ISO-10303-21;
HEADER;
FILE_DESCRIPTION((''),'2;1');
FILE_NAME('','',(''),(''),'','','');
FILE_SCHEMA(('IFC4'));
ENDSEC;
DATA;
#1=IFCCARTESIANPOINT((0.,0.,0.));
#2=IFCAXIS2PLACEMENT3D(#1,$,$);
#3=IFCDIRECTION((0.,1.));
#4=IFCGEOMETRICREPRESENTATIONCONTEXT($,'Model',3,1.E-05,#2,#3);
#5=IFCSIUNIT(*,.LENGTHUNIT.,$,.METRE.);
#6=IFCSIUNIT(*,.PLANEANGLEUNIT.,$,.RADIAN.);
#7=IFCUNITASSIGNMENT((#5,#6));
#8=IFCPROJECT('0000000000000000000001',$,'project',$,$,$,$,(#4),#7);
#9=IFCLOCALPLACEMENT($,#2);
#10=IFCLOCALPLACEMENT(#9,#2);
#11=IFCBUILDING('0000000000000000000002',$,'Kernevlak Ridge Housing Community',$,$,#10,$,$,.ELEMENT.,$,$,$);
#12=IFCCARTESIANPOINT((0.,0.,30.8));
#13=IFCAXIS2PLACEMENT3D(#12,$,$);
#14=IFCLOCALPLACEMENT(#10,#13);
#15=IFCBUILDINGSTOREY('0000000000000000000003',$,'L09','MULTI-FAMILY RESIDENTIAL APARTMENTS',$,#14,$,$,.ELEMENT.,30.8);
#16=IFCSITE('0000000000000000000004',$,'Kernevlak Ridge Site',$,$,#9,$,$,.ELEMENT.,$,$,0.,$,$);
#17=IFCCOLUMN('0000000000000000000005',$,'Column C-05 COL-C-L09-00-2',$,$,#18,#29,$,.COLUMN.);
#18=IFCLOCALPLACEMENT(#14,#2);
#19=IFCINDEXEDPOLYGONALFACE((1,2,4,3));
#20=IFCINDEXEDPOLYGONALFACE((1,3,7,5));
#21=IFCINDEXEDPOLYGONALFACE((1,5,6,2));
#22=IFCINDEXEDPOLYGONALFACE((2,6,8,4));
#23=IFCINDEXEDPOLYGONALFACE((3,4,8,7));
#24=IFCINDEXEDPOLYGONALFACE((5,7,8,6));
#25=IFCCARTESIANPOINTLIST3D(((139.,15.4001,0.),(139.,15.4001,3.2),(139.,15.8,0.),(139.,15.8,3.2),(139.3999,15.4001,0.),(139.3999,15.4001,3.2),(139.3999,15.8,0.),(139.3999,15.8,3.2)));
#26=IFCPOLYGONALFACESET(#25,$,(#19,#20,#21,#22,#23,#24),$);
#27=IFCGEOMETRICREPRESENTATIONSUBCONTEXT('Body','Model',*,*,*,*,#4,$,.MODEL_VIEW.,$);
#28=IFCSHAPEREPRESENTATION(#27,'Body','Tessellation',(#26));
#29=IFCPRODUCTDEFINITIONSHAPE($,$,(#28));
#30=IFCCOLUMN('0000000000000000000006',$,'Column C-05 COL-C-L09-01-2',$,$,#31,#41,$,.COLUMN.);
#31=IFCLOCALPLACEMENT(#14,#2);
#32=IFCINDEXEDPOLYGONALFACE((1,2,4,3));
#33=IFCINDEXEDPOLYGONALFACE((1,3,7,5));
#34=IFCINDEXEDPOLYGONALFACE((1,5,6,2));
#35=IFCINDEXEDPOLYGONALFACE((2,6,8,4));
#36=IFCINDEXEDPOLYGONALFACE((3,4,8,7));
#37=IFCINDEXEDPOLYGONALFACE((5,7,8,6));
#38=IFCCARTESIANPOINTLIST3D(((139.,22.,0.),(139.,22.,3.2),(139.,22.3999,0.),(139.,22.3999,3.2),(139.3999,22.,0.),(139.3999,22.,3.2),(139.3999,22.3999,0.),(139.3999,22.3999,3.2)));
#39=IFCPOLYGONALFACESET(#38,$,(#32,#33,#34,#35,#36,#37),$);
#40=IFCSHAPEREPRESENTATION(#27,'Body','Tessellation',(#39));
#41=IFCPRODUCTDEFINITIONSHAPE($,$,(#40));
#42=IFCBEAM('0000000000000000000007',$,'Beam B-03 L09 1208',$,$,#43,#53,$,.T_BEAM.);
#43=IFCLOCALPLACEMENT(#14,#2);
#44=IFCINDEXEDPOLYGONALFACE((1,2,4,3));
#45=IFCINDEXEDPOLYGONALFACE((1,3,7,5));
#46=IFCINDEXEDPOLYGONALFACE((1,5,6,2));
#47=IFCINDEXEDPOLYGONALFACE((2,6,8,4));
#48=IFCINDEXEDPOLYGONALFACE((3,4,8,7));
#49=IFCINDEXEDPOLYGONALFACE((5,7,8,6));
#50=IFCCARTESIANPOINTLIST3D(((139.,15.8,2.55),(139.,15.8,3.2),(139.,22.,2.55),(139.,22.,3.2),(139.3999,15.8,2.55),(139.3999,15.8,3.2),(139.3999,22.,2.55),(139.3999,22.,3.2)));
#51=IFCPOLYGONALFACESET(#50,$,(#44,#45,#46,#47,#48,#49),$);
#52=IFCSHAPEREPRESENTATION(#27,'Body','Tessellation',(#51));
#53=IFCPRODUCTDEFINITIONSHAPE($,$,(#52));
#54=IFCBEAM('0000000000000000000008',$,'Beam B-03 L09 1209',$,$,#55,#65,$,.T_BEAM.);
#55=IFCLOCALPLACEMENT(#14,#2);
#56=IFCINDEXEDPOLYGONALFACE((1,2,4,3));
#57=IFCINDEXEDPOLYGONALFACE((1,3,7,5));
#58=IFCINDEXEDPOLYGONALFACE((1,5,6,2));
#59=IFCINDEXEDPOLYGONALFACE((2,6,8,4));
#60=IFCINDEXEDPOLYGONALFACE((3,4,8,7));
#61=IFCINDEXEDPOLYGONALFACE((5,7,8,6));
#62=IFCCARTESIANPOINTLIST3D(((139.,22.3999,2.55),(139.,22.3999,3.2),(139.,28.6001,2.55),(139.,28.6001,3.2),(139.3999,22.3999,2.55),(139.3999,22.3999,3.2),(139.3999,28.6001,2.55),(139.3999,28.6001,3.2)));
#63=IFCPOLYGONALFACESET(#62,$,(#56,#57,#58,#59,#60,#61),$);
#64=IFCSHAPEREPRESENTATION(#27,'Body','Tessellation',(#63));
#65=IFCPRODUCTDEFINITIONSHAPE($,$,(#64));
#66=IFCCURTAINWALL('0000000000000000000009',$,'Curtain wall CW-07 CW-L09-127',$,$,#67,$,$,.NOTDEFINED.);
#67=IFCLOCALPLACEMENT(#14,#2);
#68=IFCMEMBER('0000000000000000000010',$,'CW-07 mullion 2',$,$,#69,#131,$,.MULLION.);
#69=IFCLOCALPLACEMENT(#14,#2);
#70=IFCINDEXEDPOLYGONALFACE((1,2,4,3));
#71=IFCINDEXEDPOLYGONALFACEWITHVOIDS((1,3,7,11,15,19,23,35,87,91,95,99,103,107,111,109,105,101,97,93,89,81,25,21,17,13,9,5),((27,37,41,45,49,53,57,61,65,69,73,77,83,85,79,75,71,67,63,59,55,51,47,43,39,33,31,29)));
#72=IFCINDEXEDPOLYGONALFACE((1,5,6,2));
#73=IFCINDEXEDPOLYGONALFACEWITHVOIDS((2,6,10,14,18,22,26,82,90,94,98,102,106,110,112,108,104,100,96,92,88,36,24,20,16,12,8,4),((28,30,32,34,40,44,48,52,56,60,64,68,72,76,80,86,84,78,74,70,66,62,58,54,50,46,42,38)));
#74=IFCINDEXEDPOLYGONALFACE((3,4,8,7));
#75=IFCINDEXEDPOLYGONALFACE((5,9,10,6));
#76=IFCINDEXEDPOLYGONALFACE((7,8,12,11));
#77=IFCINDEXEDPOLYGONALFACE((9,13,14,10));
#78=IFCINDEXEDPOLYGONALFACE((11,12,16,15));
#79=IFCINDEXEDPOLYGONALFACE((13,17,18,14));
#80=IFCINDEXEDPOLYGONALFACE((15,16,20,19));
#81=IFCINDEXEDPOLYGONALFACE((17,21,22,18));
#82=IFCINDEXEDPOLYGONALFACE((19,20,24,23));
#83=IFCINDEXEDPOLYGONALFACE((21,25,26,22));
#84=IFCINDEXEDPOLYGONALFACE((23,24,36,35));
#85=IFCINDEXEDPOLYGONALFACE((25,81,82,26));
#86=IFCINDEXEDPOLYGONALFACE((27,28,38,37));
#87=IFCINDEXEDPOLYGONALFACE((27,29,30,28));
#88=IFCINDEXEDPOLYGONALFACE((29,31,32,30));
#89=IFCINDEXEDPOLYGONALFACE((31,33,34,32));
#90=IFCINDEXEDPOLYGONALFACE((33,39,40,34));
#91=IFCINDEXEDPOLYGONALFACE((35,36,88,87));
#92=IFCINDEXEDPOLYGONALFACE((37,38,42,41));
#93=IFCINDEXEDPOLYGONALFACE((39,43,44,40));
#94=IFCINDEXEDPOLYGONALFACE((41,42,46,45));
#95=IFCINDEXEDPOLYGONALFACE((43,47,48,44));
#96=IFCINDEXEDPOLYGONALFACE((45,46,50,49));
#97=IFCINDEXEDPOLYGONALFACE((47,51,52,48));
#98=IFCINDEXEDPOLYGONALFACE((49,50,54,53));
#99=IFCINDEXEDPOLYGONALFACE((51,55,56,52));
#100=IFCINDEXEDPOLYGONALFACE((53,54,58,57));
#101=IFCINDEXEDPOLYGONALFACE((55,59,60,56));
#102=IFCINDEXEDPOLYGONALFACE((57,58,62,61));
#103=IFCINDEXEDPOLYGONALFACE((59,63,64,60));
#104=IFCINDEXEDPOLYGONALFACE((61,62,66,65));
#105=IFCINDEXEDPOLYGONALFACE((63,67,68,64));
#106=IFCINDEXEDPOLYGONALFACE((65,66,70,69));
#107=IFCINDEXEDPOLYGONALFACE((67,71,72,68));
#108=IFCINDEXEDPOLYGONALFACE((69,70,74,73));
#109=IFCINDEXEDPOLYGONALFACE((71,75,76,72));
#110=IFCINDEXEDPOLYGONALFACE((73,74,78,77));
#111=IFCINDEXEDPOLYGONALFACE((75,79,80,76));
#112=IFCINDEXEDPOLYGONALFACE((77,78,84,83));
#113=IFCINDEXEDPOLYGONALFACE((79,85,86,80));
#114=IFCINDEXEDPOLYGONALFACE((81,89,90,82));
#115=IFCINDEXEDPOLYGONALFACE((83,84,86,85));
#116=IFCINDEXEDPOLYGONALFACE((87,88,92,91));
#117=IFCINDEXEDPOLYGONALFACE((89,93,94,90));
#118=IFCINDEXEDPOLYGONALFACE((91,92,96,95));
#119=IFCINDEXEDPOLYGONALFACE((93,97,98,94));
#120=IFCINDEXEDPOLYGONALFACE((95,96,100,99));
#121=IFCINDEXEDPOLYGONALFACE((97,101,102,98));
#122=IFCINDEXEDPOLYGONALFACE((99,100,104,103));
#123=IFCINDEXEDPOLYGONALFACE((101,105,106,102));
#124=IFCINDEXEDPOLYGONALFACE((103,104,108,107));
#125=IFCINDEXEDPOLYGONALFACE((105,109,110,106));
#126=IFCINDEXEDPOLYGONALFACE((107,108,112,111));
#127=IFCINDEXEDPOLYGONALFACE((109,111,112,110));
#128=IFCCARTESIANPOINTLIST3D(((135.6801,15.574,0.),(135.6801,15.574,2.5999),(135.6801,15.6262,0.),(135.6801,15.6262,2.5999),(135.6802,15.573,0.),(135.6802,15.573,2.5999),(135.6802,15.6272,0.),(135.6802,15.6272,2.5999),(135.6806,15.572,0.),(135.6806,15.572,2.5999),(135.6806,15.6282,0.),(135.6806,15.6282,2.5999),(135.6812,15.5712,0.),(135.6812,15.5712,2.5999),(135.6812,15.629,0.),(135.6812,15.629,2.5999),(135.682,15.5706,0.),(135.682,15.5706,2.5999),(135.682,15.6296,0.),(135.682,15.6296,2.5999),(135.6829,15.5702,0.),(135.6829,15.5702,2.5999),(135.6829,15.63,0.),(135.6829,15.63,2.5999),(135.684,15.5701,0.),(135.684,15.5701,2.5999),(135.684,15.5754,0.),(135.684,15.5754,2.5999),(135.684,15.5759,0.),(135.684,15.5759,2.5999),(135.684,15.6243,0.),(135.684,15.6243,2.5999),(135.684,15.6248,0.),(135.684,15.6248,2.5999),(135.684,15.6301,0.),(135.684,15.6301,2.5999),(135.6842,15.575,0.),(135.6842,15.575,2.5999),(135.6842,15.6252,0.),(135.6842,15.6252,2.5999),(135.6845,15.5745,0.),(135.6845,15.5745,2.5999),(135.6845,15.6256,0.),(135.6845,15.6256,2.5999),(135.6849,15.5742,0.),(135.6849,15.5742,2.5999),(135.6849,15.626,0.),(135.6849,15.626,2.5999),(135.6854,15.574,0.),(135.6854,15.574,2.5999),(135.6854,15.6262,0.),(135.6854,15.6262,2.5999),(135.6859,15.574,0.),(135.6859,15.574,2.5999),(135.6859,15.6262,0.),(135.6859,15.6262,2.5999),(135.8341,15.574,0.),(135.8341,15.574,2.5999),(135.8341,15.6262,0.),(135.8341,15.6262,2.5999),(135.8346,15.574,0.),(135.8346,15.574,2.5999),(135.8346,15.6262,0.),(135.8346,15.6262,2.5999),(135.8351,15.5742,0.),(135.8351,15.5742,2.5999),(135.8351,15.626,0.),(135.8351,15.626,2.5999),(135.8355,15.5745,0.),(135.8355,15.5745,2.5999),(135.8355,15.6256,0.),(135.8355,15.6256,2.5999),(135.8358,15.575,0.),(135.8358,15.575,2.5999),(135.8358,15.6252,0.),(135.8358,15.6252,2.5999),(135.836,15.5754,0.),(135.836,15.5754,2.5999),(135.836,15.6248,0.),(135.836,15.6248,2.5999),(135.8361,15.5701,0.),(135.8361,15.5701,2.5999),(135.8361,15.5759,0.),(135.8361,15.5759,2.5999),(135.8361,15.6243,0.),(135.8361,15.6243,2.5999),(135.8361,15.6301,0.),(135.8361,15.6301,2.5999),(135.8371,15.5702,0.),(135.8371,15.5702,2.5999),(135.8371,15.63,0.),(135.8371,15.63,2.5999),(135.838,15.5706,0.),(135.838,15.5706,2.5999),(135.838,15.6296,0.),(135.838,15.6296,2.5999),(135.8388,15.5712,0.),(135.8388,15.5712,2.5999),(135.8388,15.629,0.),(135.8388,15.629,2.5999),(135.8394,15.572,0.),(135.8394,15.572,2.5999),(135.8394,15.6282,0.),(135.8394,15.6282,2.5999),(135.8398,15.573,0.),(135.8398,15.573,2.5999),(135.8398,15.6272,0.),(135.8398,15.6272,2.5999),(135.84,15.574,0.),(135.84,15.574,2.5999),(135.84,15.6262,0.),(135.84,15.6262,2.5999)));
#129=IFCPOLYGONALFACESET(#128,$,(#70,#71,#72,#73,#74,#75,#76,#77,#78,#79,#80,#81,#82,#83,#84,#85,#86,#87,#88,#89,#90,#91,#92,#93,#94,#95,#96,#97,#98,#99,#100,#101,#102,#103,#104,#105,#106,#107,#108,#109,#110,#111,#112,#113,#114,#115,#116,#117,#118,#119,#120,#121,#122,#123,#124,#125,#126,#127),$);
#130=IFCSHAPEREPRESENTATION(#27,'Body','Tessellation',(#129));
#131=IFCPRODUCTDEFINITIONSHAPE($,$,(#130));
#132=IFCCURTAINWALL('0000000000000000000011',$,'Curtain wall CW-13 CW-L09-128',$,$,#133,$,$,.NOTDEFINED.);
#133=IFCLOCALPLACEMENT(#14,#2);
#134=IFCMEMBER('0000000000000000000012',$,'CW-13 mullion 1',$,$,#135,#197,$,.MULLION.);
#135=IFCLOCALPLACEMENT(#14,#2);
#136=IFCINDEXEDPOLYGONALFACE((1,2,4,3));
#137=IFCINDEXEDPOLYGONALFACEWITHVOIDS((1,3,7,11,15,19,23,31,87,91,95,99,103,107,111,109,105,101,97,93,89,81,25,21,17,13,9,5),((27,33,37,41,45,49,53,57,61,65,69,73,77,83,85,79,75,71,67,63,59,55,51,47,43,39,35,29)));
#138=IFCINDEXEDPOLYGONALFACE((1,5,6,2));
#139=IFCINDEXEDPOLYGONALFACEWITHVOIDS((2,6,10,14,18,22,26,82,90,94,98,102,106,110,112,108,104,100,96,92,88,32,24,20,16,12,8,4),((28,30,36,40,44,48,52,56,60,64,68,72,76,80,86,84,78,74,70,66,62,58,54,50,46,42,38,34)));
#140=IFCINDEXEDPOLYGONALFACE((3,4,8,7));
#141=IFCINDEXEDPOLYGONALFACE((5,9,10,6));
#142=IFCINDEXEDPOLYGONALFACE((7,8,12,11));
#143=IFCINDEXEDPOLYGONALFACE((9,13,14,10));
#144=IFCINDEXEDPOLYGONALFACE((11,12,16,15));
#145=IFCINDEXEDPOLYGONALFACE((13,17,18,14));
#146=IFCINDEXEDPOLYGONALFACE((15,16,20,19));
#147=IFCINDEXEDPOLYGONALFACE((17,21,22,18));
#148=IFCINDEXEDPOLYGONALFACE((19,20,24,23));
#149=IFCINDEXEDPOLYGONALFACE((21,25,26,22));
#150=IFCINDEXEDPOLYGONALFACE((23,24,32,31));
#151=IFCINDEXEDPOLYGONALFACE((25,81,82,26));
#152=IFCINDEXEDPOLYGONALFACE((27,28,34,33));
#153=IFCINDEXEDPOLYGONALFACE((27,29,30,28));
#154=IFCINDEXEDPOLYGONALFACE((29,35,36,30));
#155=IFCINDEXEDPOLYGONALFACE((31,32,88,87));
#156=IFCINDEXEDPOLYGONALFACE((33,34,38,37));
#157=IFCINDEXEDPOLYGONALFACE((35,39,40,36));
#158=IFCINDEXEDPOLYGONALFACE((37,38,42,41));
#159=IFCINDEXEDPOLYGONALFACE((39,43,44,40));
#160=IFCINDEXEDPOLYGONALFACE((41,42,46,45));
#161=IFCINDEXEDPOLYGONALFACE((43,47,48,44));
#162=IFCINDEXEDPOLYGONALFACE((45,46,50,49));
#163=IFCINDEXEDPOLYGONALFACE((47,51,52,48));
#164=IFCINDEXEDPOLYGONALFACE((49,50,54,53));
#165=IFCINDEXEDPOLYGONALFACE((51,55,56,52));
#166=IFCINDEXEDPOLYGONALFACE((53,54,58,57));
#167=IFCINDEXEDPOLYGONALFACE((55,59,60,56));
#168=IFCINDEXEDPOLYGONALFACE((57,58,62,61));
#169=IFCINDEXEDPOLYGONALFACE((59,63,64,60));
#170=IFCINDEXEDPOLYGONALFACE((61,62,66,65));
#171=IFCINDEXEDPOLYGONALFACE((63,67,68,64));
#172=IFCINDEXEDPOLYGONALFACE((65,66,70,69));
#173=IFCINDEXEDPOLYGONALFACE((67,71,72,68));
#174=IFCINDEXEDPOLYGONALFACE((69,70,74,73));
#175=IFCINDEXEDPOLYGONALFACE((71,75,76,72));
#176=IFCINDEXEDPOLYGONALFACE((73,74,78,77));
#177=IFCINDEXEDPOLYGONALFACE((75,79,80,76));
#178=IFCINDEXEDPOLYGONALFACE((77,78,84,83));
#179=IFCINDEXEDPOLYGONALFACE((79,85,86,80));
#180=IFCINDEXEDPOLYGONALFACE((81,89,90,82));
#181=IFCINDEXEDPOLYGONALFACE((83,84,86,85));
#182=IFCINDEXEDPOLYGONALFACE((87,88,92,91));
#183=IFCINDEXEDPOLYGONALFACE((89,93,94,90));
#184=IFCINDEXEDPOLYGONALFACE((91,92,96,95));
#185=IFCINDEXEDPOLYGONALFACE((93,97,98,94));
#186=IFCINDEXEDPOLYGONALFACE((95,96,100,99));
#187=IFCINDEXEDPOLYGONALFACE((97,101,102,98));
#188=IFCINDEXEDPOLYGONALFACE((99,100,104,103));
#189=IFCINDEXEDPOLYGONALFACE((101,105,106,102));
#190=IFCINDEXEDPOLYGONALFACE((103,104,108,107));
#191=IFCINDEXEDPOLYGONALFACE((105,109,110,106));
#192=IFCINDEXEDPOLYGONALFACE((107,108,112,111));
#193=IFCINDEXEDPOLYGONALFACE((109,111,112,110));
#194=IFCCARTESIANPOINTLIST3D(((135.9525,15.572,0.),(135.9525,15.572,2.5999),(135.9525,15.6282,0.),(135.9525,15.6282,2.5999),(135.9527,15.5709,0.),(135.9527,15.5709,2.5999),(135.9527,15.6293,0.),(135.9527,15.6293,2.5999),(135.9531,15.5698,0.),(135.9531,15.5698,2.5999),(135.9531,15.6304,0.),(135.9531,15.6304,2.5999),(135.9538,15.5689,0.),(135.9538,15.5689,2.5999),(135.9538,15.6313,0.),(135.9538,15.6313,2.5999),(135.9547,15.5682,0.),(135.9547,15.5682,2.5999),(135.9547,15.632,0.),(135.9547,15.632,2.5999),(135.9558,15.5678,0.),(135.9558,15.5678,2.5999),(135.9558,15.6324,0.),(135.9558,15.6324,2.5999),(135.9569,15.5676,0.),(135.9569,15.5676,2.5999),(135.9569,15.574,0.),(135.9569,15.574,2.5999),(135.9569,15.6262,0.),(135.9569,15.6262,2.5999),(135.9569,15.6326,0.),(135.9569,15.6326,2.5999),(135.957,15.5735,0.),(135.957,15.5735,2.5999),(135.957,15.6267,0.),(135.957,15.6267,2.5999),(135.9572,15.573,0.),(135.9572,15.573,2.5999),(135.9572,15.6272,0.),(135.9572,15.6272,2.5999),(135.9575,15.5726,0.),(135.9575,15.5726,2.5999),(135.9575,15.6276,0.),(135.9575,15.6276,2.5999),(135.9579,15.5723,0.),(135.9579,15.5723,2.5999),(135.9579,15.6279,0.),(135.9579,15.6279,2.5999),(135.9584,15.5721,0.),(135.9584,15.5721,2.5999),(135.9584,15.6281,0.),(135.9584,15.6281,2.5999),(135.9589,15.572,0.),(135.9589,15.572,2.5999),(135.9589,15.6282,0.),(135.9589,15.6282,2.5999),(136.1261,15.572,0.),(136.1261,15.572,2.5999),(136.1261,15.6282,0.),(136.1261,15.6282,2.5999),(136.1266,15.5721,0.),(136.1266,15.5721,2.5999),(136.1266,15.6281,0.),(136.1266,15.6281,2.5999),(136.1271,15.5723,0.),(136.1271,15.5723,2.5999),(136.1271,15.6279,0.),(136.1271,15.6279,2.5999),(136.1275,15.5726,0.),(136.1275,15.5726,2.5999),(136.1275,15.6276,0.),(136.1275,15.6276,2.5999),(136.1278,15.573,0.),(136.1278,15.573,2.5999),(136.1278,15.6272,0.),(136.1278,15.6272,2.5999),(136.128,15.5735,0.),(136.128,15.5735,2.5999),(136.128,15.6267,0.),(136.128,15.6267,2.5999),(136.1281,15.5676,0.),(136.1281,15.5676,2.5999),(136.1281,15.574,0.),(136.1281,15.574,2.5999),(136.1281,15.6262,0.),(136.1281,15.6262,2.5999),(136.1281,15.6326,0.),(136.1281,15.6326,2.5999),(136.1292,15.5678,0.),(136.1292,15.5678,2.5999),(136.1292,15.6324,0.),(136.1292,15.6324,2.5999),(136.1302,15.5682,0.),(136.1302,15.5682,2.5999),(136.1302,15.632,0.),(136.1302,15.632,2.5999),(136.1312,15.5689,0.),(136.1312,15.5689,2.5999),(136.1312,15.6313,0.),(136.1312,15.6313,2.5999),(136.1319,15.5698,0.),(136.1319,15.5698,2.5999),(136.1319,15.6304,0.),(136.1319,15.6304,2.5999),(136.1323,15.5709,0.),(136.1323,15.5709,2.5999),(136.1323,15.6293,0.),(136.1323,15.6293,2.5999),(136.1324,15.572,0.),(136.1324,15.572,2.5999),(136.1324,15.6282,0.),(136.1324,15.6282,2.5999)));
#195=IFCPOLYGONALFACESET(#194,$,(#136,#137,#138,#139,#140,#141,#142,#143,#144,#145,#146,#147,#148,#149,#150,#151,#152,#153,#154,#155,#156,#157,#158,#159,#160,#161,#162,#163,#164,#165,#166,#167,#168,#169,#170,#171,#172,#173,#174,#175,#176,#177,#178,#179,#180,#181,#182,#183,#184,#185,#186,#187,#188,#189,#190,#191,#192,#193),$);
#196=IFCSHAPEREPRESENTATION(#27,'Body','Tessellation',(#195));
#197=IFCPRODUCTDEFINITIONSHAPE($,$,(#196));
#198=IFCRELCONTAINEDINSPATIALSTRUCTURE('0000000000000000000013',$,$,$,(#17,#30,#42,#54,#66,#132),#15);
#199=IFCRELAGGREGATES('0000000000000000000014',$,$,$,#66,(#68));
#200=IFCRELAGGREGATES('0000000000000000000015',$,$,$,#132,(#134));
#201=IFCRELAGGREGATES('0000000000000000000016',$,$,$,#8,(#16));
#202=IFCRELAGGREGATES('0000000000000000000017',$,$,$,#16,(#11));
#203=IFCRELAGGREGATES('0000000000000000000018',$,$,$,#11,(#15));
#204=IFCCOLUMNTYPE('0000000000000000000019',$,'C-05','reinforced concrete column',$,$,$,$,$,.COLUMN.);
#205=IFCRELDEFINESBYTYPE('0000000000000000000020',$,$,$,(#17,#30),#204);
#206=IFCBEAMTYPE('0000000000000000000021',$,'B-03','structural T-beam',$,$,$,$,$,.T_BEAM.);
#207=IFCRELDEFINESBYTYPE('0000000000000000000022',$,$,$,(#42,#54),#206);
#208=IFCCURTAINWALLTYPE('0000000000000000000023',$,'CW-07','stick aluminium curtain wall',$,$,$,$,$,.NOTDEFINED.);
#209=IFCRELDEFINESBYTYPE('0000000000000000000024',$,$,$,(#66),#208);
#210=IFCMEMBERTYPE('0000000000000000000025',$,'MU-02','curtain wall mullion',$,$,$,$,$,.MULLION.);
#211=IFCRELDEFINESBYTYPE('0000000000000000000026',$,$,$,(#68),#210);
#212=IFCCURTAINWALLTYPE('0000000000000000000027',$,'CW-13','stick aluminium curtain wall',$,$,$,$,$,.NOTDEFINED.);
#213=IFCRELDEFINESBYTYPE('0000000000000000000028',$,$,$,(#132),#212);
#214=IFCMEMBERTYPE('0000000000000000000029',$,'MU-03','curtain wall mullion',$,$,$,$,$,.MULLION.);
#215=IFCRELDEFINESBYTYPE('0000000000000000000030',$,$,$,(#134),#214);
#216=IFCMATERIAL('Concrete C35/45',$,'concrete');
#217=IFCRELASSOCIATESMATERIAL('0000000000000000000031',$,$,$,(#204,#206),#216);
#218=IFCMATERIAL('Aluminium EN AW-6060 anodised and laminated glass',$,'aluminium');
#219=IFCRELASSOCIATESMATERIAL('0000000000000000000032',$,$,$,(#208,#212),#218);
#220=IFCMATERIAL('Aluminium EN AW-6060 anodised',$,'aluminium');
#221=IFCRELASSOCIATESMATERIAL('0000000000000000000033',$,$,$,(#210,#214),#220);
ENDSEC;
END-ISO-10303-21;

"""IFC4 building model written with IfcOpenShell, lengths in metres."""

from ifc_helpers import new_model, si_unit, direction, frame, origin, origin_2d, place, context, subcontext, project, spatial, rectangle, hollow_rectangle, extrude, material, material_profile, profile_set, type_object, element, aggregate, save


model = new_model("IFC4")

# Units and contexts
model_context = context("Model", 3, precision=1e-05, world=origin(), true_north=direction((0.0, 1.0)))
body_context = subcontext(model_context, "Body", "Model", "MODEL_VIEW")
ifc_project = project(units=[si_unit("LENGTHUNIT", "METRE"), si_unit("PLANEANGLEUNIT", "RADIAN")], contexts=[model_context])

# Site, building, storey
site_placement = place(None, origin())
site = spatial("IfcSite", under=ifc_project, at=site_placement, Name="Kernevlak Ridge Site", CompositionType="ELEMENT", RefElevation=0.0)
building_placement = place(site_placement, origin())
building = spatial("IfcBuilding", under=site, at=building_placement, Name="Kernevlak Ridge Housing Community", CompositionType="ELEMENT")
storey_placement = place(building_placement, frame((0.0, 0.0, 30.8)))
storey = spatial("IfcBuildingStorey", under=building, at=storey_placement, Name="L09", Description="MULTI-FAMILY RESIDENTIAL APARTMENTS", CompositionType="ELEMENT", Elevation=30.8)

# Columns
ifc_material_1 = material(Name="Concrete C35/45", Category="concrete")
ifc_material_profile_1 = material_profile(ifc_material_1, rectangle(XDim=0.3999, YDim=0.3999, at=origin_2d()), Name="RC 400x400")
ifc_profile_set_1 = profile_set([ifc_material_profile_1], Name="Concrete C35/45")
column_type = type_object("IfcColumnType", Name="C-05", Description="reinforced concrete column", PredefinedType="COLUMN", material=ifc_profile_set_1)
for number, where, z_axis, x_axis, name in (
    (1, (139.2, 15.6001, 0.0), (0.0, 0.0, 1.0), (1.0, 0.0, 0.0), "Column C-05 COL-C-L09-00-2"),
    (2, (139.2, 22.2, 0.0), (0.0, 0.0, 1.0), (1.0, 0.0, 0.0), "Column C-05 COL-C-L09-01-2"),
):
    element("IfcColumn", number, at=place(storey_placement, frame(where, z_axis=z_axis, x_axis=x_axis)), inside=storey, type_object=column_type, Name=name, PredefinedType="COLUMN", context=body_context, shape_type="SweptSolid", body=[
        extrude(rectangle(XDim=0.3999, YDim=0.3999, at=origin_2d()), origin(), (0.0, 0.0, 1.0), 3.2),
    ])

# Beams
ifc_material_profile_2 = material_profile(ifc_material_1, rectangle(XDim=0.3999, YDim=0.6499, at=origin_2d()), Name="RC 400x650")
ifc_profile_set_2 = profile_set([ifc_material_profile_2], Name="Concrete C35/45")
beam_type = type_object("IfcBeamType", Name="B-03", Description="structural T-beam", PredefinedType="T_BEAM", material=ifc_profile_set_2)
beam_1_placement = place(storey_placement, frame((139.2, 15.8, 2.875), z_axis=(0.0, 1.0, 0.0), x_axis=(-1.0, 0.0, 0.0)))
element("IfcBeam", 3, at=beam_1_placement, inside=storey, type_object=beam_type, Name="Beam B-03 L09 1208", PredefinedType="T_BEAM", context=body_context, shape_type="SweptSolid", body=[
    extrude(rectangle(XDim=0.3999, YDim=0.6499, at=origin_2d()), origin(), (0.0, 0.0, 1.0), 6.2),
])
beam_2_placement = place(storey_placement, frame((139.2, 22.3999, 2.875), z_axis=(0.0, 1.0, 0.0), x_axis=(-1.0, 0.0, 0.0)))
element("IfcBeam", 4, at=beam_2_placement, inside=storey, type_object=beam_type, Name="Beam B-03 L09 1209", PredefinedType="T_BEAM", context=body_context, shape_type="SweptSolid", body=[
    extrude(rectangle(XDim=0.3999, YDim=0.6499, at=origin_2d()), origin(), (0.0, 0.0, 1.0), 6.2002),
])

# Curtain wall, member
ifc_material_2 = material(Name="Aluminium EN AW-6060 anodised and laminated glass", Category="aluminium")
curtain_wall_type_1 = type_object("IfcCurtainWallType", Name="CW-07", Description="stick aluminium curtain wall", PredefinedType="NOTDEFINED", material=ifc_material_2)
curtain_wall_1_placement = place(storey_placement, origin())
curtain_wall_1 = element("IfcCurtainWall", 5, at=curtain_wall_1_placement, inside=storey, type_object=curtain_wall_type_1, Name="Curtain wall CW-07 CW-L09-127", PredefinedType="NOTDEFINED")
ifc_material_3 = material(Name="Aluminium EN AW-6060 anodised", Category="aluminium")
ifc_material_profile_3 = material_profile(ifc_material_3, hollow_rectangle(XDim=0.0601, YDim=0.1599, WallThickness=0.0039, InnerFilletRadius=0.002, OuterFilletRadius=0.0039, at=origin_2d()), Name="ALU 60x160x4")
ifc_profile_set_3 = profile_set([ifc_material_profile_3], Name="Aluminium EN AW-6060 anodised")
member_type_1 = type_object("IfcMemberType", Name="MU-02", Description="curtain wall mullion", PredefinedType="MULLION", material=ifc_profile_set_3)
member_1_placement = place(storey_placement, frame((135.76, 15.6001, 0.0), z_axis=(0.0, 0.0, 1.0), x_axis=(0.0, 1.0, 0.0)))
member_1 = element("IfcMember", 6, at=member_1_placement, type_object=member_type_1, Name="CW-07 mullion 2", PredefinedType="MULLION", context=body_context, shape_type="SweptSolid", body=[
    extrude(hollow_rectangle(XDim=0.0601, YDim=0.1599, WallThickness=0.0039, InnerFilletRadius=0.002, OuterFilletRadius=0.0039, at=origin_2d()), origin(), (0.0, 0.0, 1.0), 2.5999),
])
aggregate(curtain_wall_1, [member_1])

# Curtain wall, member
curtain_wall_type_2 = type_object("IfcCurtainWallType", Name="CW-13", Description="stick aluminium curtain wall", PredefinedType="NOTDEFINED", material=ifc_material_2)
curtain_wall_2_placement = place(storey_placement, origin())
curtain_wall_2 = element("IfcCurtainWall", 7, at=curtain_wall_2_placement, inside=storey, type_object=curtain_wall_type_2, Name="Curtain wall CW-13 CW-L09-128", PredefinedType="NOTDEFINED")
ifc_material_profile_4 = material_profile(ifc_material_3, hollow_rectangle(XDim=0.0649, YDim=0.1799, WallThickness=0.0044, InnerFilletRadius=0.002, OuterFilletRadius=0.0044, at=origin_2d()), Name="ALU 65x180x4.5")
ifc_profile_set_4 = profile_set([ifc_material_profile_4], Name="Aluminium EN AW-6060 anodised")
member_type_2 = type_object("IfcMemberType", Name="MU-03", Description="curtain wall mullion", PredefinedType="MULLION", material=ifc_profile_set_4)
member_2_placement = place(storey_placement, frame((136.0425, 15.6001, 0.0), z_axis=(0.0, 0.0, 1.0), x_axis=(0.0, 1.0, 0.0)))
member_2 = element("IfcMember", 8, at=member_2_placement, type_object=member_type_2, Name="CW-13 mullion 1", PredefinedType="MULLION", context=body_context, shape_type="SweptSolid", body=[
    extrude(hollow_rectangle(XDim=0.0649, YDim=0.1799, WallThickness=0.0044, InnerFilletRadius=0.002, OuterFilletRadius=0.0044, at=origin_2d()), origin(), (0.0, 0.0, 1.0), 2.5999),
])
aggregate(curtain_wall_2, [member_2])

save(model, "model.ifc")
